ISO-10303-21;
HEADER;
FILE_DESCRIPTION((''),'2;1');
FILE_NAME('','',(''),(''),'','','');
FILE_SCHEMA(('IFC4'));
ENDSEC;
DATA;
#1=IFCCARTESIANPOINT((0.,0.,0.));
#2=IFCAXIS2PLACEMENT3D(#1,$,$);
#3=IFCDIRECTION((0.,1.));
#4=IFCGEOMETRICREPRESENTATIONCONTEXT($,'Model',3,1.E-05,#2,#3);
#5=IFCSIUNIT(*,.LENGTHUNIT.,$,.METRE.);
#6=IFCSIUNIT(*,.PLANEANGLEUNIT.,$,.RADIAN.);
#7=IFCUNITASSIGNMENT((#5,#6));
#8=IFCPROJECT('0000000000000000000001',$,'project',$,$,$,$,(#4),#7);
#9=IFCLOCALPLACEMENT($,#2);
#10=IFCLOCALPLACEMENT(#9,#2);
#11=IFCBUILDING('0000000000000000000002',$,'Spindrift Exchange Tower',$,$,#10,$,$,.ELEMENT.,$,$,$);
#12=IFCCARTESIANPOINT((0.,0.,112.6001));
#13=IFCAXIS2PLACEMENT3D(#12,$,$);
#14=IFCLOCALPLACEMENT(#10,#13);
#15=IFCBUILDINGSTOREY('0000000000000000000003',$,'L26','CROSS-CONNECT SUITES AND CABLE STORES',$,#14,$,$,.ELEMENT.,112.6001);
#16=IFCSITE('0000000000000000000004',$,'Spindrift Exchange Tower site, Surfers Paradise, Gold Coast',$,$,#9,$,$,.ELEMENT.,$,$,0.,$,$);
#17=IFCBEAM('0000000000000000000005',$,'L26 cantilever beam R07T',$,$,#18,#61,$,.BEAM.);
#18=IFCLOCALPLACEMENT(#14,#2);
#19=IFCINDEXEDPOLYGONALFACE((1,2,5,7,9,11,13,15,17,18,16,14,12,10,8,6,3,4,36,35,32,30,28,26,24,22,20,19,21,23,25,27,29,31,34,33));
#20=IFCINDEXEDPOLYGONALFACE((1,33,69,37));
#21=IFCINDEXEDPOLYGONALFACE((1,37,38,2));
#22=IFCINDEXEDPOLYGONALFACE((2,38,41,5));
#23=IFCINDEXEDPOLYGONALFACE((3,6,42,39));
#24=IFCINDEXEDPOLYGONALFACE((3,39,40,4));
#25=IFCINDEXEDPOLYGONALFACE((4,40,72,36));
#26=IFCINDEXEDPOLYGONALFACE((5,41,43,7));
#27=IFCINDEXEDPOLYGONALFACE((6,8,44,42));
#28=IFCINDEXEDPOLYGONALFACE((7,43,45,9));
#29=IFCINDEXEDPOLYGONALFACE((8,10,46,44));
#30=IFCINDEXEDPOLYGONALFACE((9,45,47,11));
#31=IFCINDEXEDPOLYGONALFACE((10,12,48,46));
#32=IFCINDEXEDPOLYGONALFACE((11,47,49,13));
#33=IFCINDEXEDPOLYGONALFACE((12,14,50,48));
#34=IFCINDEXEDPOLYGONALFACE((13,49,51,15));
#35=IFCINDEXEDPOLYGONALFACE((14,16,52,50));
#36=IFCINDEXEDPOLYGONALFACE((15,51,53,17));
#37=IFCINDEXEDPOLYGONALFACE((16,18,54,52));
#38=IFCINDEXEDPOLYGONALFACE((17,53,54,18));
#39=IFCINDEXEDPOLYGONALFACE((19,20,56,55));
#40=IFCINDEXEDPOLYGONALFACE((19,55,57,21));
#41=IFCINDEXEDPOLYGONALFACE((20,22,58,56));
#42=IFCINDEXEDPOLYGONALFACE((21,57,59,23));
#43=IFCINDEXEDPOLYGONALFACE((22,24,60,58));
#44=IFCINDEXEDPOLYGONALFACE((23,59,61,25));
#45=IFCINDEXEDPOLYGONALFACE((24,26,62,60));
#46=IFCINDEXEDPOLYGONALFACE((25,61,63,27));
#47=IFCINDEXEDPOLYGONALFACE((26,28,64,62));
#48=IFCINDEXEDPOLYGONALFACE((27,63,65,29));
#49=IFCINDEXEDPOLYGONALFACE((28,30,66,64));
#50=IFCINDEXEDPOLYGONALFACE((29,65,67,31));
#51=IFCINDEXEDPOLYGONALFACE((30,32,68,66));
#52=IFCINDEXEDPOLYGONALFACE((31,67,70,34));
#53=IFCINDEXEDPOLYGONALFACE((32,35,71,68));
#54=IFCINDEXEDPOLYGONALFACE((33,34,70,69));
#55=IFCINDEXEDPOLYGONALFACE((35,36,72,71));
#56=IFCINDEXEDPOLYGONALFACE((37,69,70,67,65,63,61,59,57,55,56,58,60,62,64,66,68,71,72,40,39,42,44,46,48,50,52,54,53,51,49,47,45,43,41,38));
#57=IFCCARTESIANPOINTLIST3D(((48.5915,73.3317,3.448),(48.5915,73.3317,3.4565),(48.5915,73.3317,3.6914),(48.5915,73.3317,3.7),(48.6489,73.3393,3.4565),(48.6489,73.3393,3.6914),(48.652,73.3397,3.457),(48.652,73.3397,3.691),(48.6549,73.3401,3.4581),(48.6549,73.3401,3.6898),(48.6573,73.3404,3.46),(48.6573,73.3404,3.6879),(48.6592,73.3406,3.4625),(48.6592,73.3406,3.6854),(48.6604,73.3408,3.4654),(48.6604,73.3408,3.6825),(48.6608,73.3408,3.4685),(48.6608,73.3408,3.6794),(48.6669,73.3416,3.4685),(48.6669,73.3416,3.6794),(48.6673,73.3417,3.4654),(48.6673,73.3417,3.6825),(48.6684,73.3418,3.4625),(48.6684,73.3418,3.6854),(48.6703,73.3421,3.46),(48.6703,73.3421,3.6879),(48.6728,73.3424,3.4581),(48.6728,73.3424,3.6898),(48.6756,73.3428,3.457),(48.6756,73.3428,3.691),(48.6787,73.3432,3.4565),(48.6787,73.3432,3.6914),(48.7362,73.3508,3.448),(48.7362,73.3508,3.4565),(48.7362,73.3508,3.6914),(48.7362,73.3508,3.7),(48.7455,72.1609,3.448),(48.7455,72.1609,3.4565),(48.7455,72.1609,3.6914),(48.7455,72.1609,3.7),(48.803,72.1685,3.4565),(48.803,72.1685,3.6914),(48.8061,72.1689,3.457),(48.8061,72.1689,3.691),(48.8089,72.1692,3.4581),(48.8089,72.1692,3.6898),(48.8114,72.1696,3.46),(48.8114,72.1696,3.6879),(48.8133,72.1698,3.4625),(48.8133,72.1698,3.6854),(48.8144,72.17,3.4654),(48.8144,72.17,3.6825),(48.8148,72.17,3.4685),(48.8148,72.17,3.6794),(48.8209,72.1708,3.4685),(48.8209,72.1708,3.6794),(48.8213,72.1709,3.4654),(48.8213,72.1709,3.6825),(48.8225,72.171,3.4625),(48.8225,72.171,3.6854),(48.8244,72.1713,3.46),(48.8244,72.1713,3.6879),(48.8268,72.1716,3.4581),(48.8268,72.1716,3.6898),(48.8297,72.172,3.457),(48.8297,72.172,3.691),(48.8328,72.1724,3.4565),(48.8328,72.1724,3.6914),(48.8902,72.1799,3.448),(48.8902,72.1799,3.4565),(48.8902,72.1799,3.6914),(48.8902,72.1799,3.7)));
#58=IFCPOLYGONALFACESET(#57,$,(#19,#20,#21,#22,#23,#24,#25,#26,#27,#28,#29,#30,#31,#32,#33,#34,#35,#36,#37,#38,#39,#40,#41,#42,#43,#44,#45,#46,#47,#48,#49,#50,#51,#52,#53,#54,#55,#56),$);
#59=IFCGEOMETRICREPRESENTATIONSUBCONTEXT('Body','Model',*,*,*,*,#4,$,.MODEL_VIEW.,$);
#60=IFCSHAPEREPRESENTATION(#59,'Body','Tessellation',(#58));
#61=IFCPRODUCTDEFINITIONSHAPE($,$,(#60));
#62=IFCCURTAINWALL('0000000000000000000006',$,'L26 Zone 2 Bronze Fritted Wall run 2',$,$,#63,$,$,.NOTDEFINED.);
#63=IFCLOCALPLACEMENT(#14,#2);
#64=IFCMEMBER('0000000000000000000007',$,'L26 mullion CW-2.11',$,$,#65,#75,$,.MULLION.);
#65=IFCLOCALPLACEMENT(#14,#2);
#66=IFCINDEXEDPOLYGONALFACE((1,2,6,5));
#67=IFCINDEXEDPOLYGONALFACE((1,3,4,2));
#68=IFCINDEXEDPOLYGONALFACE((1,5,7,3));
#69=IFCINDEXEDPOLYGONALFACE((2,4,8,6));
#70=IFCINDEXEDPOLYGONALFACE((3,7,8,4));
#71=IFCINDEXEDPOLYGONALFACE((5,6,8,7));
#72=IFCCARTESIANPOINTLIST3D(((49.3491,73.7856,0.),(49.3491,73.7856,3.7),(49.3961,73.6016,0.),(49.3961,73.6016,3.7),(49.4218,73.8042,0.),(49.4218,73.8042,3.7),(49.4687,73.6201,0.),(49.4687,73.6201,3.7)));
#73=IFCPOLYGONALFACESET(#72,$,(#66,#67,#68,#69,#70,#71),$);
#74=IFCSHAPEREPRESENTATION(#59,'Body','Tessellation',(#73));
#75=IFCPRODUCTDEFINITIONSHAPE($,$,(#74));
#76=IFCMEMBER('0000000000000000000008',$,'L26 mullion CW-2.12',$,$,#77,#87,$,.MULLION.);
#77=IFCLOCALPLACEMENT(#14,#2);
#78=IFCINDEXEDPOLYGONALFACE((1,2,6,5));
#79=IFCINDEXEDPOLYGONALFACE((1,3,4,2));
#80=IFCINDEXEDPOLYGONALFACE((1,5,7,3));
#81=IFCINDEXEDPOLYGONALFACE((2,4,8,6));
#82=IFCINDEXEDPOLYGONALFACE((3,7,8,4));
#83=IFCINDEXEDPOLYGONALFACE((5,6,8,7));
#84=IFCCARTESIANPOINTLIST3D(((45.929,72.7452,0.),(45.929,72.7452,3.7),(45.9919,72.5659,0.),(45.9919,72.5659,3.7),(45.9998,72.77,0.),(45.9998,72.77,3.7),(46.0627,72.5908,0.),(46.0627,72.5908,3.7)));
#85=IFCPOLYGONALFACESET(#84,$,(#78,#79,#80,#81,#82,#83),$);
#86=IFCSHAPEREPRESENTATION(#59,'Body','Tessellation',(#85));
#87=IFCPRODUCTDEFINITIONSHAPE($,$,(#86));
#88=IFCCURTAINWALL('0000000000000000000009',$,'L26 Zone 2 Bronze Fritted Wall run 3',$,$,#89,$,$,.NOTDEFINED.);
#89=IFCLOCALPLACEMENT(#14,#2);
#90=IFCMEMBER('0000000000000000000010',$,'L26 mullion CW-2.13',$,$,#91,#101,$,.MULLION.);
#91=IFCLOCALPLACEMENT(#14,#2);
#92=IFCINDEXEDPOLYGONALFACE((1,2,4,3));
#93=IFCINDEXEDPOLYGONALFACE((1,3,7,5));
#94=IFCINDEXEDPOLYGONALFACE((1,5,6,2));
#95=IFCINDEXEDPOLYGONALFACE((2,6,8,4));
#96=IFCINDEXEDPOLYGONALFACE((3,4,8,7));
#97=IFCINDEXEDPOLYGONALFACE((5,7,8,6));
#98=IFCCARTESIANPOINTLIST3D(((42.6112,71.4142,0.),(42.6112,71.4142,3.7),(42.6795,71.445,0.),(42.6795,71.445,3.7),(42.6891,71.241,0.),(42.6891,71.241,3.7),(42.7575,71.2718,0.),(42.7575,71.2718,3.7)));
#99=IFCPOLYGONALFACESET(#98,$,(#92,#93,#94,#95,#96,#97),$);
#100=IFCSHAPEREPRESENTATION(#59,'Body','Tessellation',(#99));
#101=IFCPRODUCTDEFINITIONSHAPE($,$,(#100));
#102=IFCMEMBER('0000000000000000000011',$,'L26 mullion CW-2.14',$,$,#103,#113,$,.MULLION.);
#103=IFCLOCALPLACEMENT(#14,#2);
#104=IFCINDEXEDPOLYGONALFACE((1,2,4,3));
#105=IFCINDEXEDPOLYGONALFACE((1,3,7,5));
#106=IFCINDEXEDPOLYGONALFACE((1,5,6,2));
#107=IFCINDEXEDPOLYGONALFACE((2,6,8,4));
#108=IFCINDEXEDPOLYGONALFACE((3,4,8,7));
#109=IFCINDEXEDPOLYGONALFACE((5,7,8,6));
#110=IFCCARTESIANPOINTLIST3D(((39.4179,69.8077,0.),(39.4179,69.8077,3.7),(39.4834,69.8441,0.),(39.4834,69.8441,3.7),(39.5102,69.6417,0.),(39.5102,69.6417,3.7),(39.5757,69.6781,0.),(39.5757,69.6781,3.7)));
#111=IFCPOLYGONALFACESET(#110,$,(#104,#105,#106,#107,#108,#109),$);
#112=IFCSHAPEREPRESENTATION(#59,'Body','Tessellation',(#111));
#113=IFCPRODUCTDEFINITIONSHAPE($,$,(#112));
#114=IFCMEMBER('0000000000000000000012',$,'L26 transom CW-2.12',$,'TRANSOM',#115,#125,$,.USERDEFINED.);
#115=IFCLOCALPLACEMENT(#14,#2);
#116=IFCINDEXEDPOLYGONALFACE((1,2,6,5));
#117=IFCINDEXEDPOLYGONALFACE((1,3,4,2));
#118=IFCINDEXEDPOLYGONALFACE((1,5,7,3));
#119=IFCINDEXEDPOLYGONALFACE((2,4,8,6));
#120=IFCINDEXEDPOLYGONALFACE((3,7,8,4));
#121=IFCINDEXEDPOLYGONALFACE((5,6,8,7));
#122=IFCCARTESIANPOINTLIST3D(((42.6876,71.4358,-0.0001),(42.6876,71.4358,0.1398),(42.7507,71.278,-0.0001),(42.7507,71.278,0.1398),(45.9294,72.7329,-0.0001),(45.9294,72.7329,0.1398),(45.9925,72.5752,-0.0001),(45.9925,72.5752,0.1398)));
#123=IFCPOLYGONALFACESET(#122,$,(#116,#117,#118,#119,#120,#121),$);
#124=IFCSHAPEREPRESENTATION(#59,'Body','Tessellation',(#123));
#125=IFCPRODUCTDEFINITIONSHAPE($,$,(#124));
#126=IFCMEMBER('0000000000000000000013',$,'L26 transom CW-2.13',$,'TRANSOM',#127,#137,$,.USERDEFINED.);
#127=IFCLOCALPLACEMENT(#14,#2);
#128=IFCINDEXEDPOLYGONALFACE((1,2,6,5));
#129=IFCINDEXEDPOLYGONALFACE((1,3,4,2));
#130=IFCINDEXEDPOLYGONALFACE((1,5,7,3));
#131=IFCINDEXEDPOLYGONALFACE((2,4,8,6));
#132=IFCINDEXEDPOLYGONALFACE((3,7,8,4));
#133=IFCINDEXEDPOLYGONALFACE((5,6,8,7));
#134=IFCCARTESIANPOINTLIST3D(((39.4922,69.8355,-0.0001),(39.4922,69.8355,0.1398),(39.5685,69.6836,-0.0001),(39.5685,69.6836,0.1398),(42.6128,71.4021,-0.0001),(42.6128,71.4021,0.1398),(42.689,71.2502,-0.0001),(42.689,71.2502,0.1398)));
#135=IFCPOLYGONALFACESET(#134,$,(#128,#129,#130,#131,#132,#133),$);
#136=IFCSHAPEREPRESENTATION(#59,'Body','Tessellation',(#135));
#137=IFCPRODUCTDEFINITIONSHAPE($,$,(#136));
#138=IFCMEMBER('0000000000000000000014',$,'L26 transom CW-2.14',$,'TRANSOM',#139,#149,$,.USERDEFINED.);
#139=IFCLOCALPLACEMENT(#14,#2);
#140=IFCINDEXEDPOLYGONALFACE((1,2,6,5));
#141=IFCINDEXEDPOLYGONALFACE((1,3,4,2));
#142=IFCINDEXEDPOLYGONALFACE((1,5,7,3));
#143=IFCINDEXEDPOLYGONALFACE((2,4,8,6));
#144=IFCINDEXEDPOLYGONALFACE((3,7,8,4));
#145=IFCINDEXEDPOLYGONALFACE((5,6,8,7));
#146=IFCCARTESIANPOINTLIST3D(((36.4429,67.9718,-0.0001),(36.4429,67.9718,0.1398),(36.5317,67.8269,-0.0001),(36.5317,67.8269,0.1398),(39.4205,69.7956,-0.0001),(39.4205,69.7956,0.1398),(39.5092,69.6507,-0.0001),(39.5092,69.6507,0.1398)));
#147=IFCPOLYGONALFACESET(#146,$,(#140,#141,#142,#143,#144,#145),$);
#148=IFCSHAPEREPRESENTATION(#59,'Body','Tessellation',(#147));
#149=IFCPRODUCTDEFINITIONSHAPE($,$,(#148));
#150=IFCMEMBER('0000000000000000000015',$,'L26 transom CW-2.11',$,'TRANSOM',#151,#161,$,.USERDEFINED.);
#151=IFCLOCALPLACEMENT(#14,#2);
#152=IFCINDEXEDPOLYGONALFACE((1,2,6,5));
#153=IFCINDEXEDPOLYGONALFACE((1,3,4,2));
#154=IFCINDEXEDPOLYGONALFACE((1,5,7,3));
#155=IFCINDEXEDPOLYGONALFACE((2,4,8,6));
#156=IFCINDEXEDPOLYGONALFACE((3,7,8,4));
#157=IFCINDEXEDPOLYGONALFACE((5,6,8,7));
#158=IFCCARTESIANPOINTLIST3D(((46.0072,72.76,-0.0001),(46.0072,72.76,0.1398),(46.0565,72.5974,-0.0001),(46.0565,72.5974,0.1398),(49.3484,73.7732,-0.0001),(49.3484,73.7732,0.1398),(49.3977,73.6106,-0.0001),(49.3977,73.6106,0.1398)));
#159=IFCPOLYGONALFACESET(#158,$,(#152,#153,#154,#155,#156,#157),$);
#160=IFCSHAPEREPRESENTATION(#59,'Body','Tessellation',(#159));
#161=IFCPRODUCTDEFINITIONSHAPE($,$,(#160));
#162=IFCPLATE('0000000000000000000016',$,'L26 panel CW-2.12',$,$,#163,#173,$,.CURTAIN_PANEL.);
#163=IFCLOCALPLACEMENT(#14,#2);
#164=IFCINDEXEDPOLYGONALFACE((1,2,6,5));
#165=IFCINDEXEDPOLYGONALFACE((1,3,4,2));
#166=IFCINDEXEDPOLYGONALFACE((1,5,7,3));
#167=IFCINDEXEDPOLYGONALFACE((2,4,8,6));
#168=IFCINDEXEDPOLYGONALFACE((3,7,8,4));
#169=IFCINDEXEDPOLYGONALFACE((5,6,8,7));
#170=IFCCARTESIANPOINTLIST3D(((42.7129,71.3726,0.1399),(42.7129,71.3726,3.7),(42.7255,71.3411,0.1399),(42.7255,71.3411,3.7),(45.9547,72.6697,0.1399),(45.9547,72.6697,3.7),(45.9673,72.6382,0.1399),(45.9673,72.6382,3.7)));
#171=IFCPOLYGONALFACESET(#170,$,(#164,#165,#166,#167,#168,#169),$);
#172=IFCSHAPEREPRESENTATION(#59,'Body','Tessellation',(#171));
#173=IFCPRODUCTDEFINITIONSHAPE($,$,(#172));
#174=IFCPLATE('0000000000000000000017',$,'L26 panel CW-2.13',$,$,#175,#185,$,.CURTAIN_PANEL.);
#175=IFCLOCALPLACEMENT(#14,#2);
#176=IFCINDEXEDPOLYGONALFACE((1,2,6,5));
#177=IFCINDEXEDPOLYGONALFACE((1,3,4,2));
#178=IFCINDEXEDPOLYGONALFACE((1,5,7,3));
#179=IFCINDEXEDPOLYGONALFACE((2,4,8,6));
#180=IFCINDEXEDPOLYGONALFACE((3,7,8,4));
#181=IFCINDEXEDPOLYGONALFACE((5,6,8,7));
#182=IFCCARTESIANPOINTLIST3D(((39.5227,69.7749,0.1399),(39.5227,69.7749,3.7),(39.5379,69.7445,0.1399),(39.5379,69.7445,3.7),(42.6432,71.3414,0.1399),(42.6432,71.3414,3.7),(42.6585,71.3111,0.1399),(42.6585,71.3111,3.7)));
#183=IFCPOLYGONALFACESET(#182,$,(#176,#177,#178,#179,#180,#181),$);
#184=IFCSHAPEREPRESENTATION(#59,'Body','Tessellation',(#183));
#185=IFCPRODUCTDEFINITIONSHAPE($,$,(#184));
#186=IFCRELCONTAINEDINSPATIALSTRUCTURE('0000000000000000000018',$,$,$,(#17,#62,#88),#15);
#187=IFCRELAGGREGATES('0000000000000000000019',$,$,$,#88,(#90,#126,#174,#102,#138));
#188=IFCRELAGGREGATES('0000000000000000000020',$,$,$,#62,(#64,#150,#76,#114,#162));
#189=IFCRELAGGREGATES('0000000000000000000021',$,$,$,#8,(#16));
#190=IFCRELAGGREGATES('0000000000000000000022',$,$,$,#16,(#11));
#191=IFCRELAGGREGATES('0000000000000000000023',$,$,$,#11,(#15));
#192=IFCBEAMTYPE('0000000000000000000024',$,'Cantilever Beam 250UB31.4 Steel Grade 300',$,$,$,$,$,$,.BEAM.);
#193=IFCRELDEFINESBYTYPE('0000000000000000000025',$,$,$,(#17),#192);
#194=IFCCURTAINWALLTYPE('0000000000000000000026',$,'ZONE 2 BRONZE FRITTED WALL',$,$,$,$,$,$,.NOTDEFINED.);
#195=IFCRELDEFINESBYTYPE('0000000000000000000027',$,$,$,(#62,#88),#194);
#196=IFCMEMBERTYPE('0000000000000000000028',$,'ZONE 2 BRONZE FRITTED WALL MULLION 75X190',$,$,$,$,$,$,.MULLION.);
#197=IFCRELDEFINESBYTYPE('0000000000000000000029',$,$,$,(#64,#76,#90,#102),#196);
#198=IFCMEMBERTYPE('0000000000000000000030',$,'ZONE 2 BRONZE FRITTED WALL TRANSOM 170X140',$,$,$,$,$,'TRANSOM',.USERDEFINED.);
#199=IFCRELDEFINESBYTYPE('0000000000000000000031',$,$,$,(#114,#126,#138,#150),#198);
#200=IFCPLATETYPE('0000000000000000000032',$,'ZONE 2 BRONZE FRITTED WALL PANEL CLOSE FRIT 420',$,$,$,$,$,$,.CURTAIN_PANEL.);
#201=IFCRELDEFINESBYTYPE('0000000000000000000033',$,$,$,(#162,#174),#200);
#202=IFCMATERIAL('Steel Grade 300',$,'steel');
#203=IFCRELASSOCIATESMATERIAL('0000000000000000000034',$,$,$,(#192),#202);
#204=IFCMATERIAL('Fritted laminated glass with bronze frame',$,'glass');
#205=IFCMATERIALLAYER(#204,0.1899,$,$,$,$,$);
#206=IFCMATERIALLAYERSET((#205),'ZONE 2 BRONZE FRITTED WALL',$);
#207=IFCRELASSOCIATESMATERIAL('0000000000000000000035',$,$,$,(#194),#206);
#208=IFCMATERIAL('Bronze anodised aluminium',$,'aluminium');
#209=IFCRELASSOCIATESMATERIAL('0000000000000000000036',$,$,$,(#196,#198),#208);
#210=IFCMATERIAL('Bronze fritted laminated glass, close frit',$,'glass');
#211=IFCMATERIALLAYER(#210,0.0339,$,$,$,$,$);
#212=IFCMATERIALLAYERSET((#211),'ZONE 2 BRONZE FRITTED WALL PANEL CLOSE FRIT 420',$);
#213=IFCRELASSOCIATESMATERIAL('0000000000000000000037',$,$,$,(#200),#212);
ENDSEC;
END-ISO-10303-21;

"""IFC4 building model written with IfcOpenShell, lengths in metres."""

from ifc_helpers import new_model, si_unit, direction, frame, origin, origin_2d, place, context, subcontext, project, spatial, rectangle, i_section, extrude, source, transform, mapped, material, layer, layer_set, material_profile, profile_set, type_object, element, aggregate, save


model = new_model("IFC4")

# Units and contexts
model_context = context("Model", 3, precision=1e-05, world=origin(), true_north=direction((0.0, 1.0)))
body_context = subcontext(model_context, "Body", "Model", "MODEL_VIEW")
ifc_project = project(units=[si_unit("LENGTHUNIT", "METRE"), si_unit("PLANEANGLEUNIT", "RADIAN")], contexts=[model_context])

# Site, building, storey
site_placement = place(None, origin())
site = spatial("IfcSite", under=ifc_project, at=site_placement, Name="Spindrift Exchange Tower site, Surfers Paradise, Gold Coast", CompositionType="ELEMENT", RefElevation=0.0)
building_placement = place(site_placement, origin())
building = spatial("IfcBuilding", under=site, at=building_placement, Name="Spindrift Exchange Tower", CompositionType="ELEMENT")
storey_placement = place(building_placement, frame((0.0, 0.0, 112.6001)))
storey = spatial("IfcBuildingStorey", under=building, at=storey_placement, Name="L26", Description="CROSS-CONNECT SUITES AND CABLE STORES", CompositionType="ELEMENT", Elevation=112.6001)

# Beam
ifc_material_1 = material(Name="Steel Grade 300", Category="steel")
ifc_material_profile_1 = material_profile(ifc_material_1, i_section(OverallWidth=0.146, OverallDepth=0.252, WebThickness=0.0061, FlangeThickness=0.0085, FilletRadius=0.012, at=origin_2d()), Name="250UB31.4")
ifc_profile_set_1 = profile_set([ifc_material_profile_1], Name="Steel Grade 300")
beam_type_1 = type_object("IfcBeamType", Name="Cantilever Beam 250UB31.4 Steel Grade 300", PredefinedType="BEAM", material=ifc_profile_set_1)
shared_shape_1 = source(origin(), body_context, "Body", "SweptSolid", [
    extrude(i_section(OverallWidth=0.146, OverallDepth=0.252, WebThickness=0.0061, FlangeThickness=0.0085, FilletRadius=0.012, at=origin_2d()), origin(), (0.0, 0.0, 1.0), 1.1809),
])
beam_1_placement = place(storey_placement, frame((48.8179, 72.1704, 3.574), z_axis=(-0.130444, 0.991456, 0.0), x_axis=(-0.991456, -0.130444, 0.0)))
element("IfcBeam", 1, at=beam_1_placement, inside=storey, type_object=beam_type_1, Name="L26 cantilever beam R07T", PredefinedType="BEAM", context=body_context, shape_type="MappedRepresentation", body=[
    mapped(shared_shape_1, transform((0.0, 0.0, 0.0), scale=1.0)),
])

# Curtain walls, members
ifc_material_2 = material(Name="Fritted laminated glass with bronze frame", Category="glass")
ifc_layer_1 = layer(ifc_material_2, 0.1899)
ifc_layer_set_1 = layer_set([ifc_layer_1], Name="ZONE 2 BRONZE FRITTED WALL")
curtain_wall_type = type_object("IfcCurtainWallType", Name="ZONE 2 BRONZE FRITTED WALL", PredefinedType="NOTDEFINED", material=ifc_layer_set_1)
curtain_wall_1_placement = place(storey_placement, origin())
curtain_wall_1 = element("IfcCurtainWall", 2, at=curtain_wall_1_placement, inside=storey, type_object=curtain_wall_type, Name="L26 Zone 2 Bronze Fritted Wall run 2", PredefinedType="NOTDEFINED")
ifc_material_3 = material(Name="Bronze anodised aluminium", Category="aluminium")
ifc_material_profile_2 = material_profile(ifc_material_3, rectangle(XDim=0.075, YDim=0.1899, at=origin_2d()), Name="ZONE 2 BRONZE FRITTED WALL MULLION 75X190")
ifc_profile_set_2 = profile_set([ifc_material_profile_2], Name="Bronze anodised aluminium")
member_type_1 = type_object("IfcMemberType", Name="ZONE 2 BRONZE FRITTED WALL MULLION 75X190", PredefinedType="MULLION", material=ifc_profile_set_2)
shared_shape_2 = source(origin(), body_context, "Body", "SweptSolid", [
    extrude(rectangle(XDim=0.075, YDim=0.1899, at=origin_2d()), origin(), (0.0, 0.0, 1.0), 3.7),
])
member_1_placement = place(storey_placement, frame((49.4089, 73.7029, 0.0), z_axis=(0.0, 0.0, 1.0), x_axis=(-0.968956, -0.247234, 0.0)))
member_1 = element("IfcMember", 3, at=member_1_placement, type_object=member_type_1, Name="L26 mullion CW-2.11", PredefinedType="MULLION", context=body_context, shape_type="MappedRepresentation", body=[
    mapped(shared_shape_2, transform((0.0, 0.0, 0.0), scale=1.0)),
])
member_2_placement = place(storey_placement, frame((45.9958, 72.668, 0.0), z_axis=(0.0, 0.0, 1.0), x_axis=(-0.943587, -0.331124, 0.0)))
member_2 = element("IfcMember", 4, at=member_2_placement, type_object=member_type_1, Name="L26 mullion CW-2.12", PredefinedType="MULLION", context=body_context, shape_type="MappedRepresentation", body=[
    mapped(shared_shape_2, transform((0.0, 0.0, 0.0), scale=1.0)),
])
curtain_wall_2_placement = place(storey_placement, origin())
curtain_wall_2 = element("IfcCurtainWall", 5, at=curtain_wall_2_placement, inside=storey, type_object=curtain_wall_type, Name="L26 Zone 2 Bronze Fritted Wall run 3", PredefinedType="NOTDEFINED")
member_3_placement = place(storey_placement, frame((42.6843, 71.343, 0.0), z_axis=(0.0, 0.0, 1.0), x_axis=(-0.911893, -0.410428, 0.0)))
member_3 = element("IfcMember", 6, at=member_3_placement, type_object=member_type_1, Name="L26 mullion CW-2.13", PredefinedType="MULLION", context=body_context, shape_type="MappedRepresentation", body=[
    mapped(shared_shape_2, transform((0.0, 0.0, 0.0), scale=1.0)),
])
member_4_placement = place(storey_placement, frame((39.4968, 69.7429, 0.0), z_axis=(0.0, 0.0, 1.0), x_axis=(-0.874003, -0.48592, 0.0)))
member_4 = element("IfcMember", 7, at=member_4_placement, type_object=member_type_1, Name="L26 mullion CW-2.14", PredefinedType="MULLION", context=body_context, shape_type="MappedRepresentation", body=[
    mapped(shared_shape_2, transform((0.0, 0.0, 0.0), scale=1.0)),
])

# Members
ifc_material_profile_3 = material_profile(ifc_material_3, rectangle(XDim=0.1699, YDim=0.1399, at=origin_2d()), Name="ZONE 2 BRONZE FRITTED WALL TRANSOM 170X140")
ifc_profile_set_3 = profile_set([ifc_material_profile_3], Name="Bronze anodised aluminium")
member_type_2 = type_object("IfcMemberType", Name="ZONE 2 BRONZE FRITTED WALL TRANSOM 170X140", ElementType="TRANSOM", PredefinedType="USERDEFINED", material=ifc_profile_set_3)
shared_shape_3 = source(origin(), body_context, "Body", "SweptSolid", [
    extrude(rectangle(XDim=0.1699, YDim=0.1399, at=origin_2d()), origin(), (0.0, 0.0, 1.0), 3.4917),
])
member_5_placement = place(storey_placement, frame((45.9609, 72.6541, 0.0698), z_axis=(-0.928433, -0.371499, 0.0), x_axis=(0.371499, -0.928433, 0.0)))
member_5 = element("IfcMember", 8, at=member_5_placement, type_object=member_type_2, Name="L26 transom CW-2.12", ObjectType="TRANSOM", PredefinedType="USERDEFINED", context=body_context, shape_type="MappedRepresentation", body=[
    mapped(shared_shape_3, transform((0.0, 0.0, 0.0), scale=1.0)),
])
member_6_placement = place(storey_placement, frame((42.6509, 71.3262, 0.0698), z_axis=(-0.893699, -0.448667, 0.0), x_axis=(0.448667, -0.893699, 0.0)))
member_6 = element("IfcMember", 9, at=member_6_placement, type_object=member_type_2, Name="L26 transom CW-2.13", ObjectType="TRANSOM", PredefinedType="USERDEFINED", context=body_context, shape_type="MappedRepresentation", body=[
    mapped(shared_shape_3, transform((0.0, 0.0, 0.0), scale=1.0)),
])
member_7_placement = place(storey_placement, frame((39.4648, 69.7231, 0.0698), z_axis=(-0.852756, -0.52231, 0.0), x_axis=(0.52231, -0.852756, 0.0)))
member_7 = element("IfcMember", 10, at=member_7_placement, type_object=member_type_2, Name="L26 transom CW-2.14", ObjectType="TRANSOM", PredefinedType="USERDEFINED", context=body_context, shape_type="MappedRepresentation", body=[
    mapped(shared_shape_3, transform((0.0, 0.0, 0.0), scale=1.0)),
])
shared_shape_4 = source(origin(), body_context, "Body", "SweptSolid", [
    extrude(rectangle(XDim=0.1699, YDim=0.1399, at=origin_2d()), origin(), (0.0, 0.0, 1.0), 3.4915),
])
member_8_placement = place(storey_placement, frame((49.373, 73.6919, 0.0698), z_axis=(-0.956971, -0.290182, 0.0), x_axis=(0.290182, -0.956971, 0.0)))
member_8 = element("IfcMember", 11, at=member_8_placement, type_object=member_type_2, Name="L26 transom CW-2.11", ObjectType="TRANSOM", PredefinedType="USERDEFINED", context=body_context, shape_type="MappedRepresentation", body=[
    mapped(shared_shape_4, transform((0.0, 0.0, 0.0), scale=1.0)),
])

# Plates
ifc_material_4 = material(Name="Bronze fritted laminated glass, close frit", Category="glass")
ifc_layer_2 = layer(ifc_material_4, 0.0339)
ifc_layer_set_2 = layer_set([ifc_layer_2], Name="ZONE 2 BRONZE FRITTED WALL PANEL CLOSE FRIT 420")
plate_type_1 = type_object("IfcPlateType", Name="ZONE 2 BRONZE FRITTED WALL PANEL CLOSE FRIT 420", PredefinedType="CURTAIN_PANEL", material=ifc_layer_set_2)
shared_shape_5 = source(origin(), body_context, "Body", "SweptSolid", [
    extrude(rectangle(XDim=3.4917, YDim=0.0339, at=origin_2d()), origin(), (0.0, 0.0, 1.0), 3.5601),
])
plate_1_placement = place(storey_placement, frame((44.3401, 72.0054, 0.1399), z_axis=(0.0, 0.0, 1.0), x_axis=(-0.928444, -0.371473, 0.0)))
plate_1 = element("IfcPlate", 12, at=plate_1_placement, type_object=plate_type_1, Name="L26 panel CW-2.12", PredefinedType="CURTAIN_PANEL", context=body_context, shape_type="MappedRepresentation", body=[
    mapped(shared_shape_5, transform((0.0, 0.0, 0.0), scale=1.0)),
])
plate_2_placement = place(storey_placement, frame((41.0906, 70.543, 0.1399), z_axis=(0.0, 0.0, 1.0), x_axis=(-0.893708, -0.448648, 0.0)))
plate_2 = element("IfcPlate", 13, at=plate_2_placement, type_object=plate_type_1, Name="L26 panel CW-2.13", PredefinedType="CURTAIN_PANEL", context=body_context, shape_type="MappedRepresentation", body=[
    mapped(shared_shape_5, transform((0.0, 0.0, 0.0), scale=1.0)),
])
aggregate(curtain_wall_2, [member_3, member_6, plate_2, member_4, member_7])
aggregate(curtain_wall_1, [member_1, member_8, member_2, member_5, plate_1])

save(model, "model.ifc")
